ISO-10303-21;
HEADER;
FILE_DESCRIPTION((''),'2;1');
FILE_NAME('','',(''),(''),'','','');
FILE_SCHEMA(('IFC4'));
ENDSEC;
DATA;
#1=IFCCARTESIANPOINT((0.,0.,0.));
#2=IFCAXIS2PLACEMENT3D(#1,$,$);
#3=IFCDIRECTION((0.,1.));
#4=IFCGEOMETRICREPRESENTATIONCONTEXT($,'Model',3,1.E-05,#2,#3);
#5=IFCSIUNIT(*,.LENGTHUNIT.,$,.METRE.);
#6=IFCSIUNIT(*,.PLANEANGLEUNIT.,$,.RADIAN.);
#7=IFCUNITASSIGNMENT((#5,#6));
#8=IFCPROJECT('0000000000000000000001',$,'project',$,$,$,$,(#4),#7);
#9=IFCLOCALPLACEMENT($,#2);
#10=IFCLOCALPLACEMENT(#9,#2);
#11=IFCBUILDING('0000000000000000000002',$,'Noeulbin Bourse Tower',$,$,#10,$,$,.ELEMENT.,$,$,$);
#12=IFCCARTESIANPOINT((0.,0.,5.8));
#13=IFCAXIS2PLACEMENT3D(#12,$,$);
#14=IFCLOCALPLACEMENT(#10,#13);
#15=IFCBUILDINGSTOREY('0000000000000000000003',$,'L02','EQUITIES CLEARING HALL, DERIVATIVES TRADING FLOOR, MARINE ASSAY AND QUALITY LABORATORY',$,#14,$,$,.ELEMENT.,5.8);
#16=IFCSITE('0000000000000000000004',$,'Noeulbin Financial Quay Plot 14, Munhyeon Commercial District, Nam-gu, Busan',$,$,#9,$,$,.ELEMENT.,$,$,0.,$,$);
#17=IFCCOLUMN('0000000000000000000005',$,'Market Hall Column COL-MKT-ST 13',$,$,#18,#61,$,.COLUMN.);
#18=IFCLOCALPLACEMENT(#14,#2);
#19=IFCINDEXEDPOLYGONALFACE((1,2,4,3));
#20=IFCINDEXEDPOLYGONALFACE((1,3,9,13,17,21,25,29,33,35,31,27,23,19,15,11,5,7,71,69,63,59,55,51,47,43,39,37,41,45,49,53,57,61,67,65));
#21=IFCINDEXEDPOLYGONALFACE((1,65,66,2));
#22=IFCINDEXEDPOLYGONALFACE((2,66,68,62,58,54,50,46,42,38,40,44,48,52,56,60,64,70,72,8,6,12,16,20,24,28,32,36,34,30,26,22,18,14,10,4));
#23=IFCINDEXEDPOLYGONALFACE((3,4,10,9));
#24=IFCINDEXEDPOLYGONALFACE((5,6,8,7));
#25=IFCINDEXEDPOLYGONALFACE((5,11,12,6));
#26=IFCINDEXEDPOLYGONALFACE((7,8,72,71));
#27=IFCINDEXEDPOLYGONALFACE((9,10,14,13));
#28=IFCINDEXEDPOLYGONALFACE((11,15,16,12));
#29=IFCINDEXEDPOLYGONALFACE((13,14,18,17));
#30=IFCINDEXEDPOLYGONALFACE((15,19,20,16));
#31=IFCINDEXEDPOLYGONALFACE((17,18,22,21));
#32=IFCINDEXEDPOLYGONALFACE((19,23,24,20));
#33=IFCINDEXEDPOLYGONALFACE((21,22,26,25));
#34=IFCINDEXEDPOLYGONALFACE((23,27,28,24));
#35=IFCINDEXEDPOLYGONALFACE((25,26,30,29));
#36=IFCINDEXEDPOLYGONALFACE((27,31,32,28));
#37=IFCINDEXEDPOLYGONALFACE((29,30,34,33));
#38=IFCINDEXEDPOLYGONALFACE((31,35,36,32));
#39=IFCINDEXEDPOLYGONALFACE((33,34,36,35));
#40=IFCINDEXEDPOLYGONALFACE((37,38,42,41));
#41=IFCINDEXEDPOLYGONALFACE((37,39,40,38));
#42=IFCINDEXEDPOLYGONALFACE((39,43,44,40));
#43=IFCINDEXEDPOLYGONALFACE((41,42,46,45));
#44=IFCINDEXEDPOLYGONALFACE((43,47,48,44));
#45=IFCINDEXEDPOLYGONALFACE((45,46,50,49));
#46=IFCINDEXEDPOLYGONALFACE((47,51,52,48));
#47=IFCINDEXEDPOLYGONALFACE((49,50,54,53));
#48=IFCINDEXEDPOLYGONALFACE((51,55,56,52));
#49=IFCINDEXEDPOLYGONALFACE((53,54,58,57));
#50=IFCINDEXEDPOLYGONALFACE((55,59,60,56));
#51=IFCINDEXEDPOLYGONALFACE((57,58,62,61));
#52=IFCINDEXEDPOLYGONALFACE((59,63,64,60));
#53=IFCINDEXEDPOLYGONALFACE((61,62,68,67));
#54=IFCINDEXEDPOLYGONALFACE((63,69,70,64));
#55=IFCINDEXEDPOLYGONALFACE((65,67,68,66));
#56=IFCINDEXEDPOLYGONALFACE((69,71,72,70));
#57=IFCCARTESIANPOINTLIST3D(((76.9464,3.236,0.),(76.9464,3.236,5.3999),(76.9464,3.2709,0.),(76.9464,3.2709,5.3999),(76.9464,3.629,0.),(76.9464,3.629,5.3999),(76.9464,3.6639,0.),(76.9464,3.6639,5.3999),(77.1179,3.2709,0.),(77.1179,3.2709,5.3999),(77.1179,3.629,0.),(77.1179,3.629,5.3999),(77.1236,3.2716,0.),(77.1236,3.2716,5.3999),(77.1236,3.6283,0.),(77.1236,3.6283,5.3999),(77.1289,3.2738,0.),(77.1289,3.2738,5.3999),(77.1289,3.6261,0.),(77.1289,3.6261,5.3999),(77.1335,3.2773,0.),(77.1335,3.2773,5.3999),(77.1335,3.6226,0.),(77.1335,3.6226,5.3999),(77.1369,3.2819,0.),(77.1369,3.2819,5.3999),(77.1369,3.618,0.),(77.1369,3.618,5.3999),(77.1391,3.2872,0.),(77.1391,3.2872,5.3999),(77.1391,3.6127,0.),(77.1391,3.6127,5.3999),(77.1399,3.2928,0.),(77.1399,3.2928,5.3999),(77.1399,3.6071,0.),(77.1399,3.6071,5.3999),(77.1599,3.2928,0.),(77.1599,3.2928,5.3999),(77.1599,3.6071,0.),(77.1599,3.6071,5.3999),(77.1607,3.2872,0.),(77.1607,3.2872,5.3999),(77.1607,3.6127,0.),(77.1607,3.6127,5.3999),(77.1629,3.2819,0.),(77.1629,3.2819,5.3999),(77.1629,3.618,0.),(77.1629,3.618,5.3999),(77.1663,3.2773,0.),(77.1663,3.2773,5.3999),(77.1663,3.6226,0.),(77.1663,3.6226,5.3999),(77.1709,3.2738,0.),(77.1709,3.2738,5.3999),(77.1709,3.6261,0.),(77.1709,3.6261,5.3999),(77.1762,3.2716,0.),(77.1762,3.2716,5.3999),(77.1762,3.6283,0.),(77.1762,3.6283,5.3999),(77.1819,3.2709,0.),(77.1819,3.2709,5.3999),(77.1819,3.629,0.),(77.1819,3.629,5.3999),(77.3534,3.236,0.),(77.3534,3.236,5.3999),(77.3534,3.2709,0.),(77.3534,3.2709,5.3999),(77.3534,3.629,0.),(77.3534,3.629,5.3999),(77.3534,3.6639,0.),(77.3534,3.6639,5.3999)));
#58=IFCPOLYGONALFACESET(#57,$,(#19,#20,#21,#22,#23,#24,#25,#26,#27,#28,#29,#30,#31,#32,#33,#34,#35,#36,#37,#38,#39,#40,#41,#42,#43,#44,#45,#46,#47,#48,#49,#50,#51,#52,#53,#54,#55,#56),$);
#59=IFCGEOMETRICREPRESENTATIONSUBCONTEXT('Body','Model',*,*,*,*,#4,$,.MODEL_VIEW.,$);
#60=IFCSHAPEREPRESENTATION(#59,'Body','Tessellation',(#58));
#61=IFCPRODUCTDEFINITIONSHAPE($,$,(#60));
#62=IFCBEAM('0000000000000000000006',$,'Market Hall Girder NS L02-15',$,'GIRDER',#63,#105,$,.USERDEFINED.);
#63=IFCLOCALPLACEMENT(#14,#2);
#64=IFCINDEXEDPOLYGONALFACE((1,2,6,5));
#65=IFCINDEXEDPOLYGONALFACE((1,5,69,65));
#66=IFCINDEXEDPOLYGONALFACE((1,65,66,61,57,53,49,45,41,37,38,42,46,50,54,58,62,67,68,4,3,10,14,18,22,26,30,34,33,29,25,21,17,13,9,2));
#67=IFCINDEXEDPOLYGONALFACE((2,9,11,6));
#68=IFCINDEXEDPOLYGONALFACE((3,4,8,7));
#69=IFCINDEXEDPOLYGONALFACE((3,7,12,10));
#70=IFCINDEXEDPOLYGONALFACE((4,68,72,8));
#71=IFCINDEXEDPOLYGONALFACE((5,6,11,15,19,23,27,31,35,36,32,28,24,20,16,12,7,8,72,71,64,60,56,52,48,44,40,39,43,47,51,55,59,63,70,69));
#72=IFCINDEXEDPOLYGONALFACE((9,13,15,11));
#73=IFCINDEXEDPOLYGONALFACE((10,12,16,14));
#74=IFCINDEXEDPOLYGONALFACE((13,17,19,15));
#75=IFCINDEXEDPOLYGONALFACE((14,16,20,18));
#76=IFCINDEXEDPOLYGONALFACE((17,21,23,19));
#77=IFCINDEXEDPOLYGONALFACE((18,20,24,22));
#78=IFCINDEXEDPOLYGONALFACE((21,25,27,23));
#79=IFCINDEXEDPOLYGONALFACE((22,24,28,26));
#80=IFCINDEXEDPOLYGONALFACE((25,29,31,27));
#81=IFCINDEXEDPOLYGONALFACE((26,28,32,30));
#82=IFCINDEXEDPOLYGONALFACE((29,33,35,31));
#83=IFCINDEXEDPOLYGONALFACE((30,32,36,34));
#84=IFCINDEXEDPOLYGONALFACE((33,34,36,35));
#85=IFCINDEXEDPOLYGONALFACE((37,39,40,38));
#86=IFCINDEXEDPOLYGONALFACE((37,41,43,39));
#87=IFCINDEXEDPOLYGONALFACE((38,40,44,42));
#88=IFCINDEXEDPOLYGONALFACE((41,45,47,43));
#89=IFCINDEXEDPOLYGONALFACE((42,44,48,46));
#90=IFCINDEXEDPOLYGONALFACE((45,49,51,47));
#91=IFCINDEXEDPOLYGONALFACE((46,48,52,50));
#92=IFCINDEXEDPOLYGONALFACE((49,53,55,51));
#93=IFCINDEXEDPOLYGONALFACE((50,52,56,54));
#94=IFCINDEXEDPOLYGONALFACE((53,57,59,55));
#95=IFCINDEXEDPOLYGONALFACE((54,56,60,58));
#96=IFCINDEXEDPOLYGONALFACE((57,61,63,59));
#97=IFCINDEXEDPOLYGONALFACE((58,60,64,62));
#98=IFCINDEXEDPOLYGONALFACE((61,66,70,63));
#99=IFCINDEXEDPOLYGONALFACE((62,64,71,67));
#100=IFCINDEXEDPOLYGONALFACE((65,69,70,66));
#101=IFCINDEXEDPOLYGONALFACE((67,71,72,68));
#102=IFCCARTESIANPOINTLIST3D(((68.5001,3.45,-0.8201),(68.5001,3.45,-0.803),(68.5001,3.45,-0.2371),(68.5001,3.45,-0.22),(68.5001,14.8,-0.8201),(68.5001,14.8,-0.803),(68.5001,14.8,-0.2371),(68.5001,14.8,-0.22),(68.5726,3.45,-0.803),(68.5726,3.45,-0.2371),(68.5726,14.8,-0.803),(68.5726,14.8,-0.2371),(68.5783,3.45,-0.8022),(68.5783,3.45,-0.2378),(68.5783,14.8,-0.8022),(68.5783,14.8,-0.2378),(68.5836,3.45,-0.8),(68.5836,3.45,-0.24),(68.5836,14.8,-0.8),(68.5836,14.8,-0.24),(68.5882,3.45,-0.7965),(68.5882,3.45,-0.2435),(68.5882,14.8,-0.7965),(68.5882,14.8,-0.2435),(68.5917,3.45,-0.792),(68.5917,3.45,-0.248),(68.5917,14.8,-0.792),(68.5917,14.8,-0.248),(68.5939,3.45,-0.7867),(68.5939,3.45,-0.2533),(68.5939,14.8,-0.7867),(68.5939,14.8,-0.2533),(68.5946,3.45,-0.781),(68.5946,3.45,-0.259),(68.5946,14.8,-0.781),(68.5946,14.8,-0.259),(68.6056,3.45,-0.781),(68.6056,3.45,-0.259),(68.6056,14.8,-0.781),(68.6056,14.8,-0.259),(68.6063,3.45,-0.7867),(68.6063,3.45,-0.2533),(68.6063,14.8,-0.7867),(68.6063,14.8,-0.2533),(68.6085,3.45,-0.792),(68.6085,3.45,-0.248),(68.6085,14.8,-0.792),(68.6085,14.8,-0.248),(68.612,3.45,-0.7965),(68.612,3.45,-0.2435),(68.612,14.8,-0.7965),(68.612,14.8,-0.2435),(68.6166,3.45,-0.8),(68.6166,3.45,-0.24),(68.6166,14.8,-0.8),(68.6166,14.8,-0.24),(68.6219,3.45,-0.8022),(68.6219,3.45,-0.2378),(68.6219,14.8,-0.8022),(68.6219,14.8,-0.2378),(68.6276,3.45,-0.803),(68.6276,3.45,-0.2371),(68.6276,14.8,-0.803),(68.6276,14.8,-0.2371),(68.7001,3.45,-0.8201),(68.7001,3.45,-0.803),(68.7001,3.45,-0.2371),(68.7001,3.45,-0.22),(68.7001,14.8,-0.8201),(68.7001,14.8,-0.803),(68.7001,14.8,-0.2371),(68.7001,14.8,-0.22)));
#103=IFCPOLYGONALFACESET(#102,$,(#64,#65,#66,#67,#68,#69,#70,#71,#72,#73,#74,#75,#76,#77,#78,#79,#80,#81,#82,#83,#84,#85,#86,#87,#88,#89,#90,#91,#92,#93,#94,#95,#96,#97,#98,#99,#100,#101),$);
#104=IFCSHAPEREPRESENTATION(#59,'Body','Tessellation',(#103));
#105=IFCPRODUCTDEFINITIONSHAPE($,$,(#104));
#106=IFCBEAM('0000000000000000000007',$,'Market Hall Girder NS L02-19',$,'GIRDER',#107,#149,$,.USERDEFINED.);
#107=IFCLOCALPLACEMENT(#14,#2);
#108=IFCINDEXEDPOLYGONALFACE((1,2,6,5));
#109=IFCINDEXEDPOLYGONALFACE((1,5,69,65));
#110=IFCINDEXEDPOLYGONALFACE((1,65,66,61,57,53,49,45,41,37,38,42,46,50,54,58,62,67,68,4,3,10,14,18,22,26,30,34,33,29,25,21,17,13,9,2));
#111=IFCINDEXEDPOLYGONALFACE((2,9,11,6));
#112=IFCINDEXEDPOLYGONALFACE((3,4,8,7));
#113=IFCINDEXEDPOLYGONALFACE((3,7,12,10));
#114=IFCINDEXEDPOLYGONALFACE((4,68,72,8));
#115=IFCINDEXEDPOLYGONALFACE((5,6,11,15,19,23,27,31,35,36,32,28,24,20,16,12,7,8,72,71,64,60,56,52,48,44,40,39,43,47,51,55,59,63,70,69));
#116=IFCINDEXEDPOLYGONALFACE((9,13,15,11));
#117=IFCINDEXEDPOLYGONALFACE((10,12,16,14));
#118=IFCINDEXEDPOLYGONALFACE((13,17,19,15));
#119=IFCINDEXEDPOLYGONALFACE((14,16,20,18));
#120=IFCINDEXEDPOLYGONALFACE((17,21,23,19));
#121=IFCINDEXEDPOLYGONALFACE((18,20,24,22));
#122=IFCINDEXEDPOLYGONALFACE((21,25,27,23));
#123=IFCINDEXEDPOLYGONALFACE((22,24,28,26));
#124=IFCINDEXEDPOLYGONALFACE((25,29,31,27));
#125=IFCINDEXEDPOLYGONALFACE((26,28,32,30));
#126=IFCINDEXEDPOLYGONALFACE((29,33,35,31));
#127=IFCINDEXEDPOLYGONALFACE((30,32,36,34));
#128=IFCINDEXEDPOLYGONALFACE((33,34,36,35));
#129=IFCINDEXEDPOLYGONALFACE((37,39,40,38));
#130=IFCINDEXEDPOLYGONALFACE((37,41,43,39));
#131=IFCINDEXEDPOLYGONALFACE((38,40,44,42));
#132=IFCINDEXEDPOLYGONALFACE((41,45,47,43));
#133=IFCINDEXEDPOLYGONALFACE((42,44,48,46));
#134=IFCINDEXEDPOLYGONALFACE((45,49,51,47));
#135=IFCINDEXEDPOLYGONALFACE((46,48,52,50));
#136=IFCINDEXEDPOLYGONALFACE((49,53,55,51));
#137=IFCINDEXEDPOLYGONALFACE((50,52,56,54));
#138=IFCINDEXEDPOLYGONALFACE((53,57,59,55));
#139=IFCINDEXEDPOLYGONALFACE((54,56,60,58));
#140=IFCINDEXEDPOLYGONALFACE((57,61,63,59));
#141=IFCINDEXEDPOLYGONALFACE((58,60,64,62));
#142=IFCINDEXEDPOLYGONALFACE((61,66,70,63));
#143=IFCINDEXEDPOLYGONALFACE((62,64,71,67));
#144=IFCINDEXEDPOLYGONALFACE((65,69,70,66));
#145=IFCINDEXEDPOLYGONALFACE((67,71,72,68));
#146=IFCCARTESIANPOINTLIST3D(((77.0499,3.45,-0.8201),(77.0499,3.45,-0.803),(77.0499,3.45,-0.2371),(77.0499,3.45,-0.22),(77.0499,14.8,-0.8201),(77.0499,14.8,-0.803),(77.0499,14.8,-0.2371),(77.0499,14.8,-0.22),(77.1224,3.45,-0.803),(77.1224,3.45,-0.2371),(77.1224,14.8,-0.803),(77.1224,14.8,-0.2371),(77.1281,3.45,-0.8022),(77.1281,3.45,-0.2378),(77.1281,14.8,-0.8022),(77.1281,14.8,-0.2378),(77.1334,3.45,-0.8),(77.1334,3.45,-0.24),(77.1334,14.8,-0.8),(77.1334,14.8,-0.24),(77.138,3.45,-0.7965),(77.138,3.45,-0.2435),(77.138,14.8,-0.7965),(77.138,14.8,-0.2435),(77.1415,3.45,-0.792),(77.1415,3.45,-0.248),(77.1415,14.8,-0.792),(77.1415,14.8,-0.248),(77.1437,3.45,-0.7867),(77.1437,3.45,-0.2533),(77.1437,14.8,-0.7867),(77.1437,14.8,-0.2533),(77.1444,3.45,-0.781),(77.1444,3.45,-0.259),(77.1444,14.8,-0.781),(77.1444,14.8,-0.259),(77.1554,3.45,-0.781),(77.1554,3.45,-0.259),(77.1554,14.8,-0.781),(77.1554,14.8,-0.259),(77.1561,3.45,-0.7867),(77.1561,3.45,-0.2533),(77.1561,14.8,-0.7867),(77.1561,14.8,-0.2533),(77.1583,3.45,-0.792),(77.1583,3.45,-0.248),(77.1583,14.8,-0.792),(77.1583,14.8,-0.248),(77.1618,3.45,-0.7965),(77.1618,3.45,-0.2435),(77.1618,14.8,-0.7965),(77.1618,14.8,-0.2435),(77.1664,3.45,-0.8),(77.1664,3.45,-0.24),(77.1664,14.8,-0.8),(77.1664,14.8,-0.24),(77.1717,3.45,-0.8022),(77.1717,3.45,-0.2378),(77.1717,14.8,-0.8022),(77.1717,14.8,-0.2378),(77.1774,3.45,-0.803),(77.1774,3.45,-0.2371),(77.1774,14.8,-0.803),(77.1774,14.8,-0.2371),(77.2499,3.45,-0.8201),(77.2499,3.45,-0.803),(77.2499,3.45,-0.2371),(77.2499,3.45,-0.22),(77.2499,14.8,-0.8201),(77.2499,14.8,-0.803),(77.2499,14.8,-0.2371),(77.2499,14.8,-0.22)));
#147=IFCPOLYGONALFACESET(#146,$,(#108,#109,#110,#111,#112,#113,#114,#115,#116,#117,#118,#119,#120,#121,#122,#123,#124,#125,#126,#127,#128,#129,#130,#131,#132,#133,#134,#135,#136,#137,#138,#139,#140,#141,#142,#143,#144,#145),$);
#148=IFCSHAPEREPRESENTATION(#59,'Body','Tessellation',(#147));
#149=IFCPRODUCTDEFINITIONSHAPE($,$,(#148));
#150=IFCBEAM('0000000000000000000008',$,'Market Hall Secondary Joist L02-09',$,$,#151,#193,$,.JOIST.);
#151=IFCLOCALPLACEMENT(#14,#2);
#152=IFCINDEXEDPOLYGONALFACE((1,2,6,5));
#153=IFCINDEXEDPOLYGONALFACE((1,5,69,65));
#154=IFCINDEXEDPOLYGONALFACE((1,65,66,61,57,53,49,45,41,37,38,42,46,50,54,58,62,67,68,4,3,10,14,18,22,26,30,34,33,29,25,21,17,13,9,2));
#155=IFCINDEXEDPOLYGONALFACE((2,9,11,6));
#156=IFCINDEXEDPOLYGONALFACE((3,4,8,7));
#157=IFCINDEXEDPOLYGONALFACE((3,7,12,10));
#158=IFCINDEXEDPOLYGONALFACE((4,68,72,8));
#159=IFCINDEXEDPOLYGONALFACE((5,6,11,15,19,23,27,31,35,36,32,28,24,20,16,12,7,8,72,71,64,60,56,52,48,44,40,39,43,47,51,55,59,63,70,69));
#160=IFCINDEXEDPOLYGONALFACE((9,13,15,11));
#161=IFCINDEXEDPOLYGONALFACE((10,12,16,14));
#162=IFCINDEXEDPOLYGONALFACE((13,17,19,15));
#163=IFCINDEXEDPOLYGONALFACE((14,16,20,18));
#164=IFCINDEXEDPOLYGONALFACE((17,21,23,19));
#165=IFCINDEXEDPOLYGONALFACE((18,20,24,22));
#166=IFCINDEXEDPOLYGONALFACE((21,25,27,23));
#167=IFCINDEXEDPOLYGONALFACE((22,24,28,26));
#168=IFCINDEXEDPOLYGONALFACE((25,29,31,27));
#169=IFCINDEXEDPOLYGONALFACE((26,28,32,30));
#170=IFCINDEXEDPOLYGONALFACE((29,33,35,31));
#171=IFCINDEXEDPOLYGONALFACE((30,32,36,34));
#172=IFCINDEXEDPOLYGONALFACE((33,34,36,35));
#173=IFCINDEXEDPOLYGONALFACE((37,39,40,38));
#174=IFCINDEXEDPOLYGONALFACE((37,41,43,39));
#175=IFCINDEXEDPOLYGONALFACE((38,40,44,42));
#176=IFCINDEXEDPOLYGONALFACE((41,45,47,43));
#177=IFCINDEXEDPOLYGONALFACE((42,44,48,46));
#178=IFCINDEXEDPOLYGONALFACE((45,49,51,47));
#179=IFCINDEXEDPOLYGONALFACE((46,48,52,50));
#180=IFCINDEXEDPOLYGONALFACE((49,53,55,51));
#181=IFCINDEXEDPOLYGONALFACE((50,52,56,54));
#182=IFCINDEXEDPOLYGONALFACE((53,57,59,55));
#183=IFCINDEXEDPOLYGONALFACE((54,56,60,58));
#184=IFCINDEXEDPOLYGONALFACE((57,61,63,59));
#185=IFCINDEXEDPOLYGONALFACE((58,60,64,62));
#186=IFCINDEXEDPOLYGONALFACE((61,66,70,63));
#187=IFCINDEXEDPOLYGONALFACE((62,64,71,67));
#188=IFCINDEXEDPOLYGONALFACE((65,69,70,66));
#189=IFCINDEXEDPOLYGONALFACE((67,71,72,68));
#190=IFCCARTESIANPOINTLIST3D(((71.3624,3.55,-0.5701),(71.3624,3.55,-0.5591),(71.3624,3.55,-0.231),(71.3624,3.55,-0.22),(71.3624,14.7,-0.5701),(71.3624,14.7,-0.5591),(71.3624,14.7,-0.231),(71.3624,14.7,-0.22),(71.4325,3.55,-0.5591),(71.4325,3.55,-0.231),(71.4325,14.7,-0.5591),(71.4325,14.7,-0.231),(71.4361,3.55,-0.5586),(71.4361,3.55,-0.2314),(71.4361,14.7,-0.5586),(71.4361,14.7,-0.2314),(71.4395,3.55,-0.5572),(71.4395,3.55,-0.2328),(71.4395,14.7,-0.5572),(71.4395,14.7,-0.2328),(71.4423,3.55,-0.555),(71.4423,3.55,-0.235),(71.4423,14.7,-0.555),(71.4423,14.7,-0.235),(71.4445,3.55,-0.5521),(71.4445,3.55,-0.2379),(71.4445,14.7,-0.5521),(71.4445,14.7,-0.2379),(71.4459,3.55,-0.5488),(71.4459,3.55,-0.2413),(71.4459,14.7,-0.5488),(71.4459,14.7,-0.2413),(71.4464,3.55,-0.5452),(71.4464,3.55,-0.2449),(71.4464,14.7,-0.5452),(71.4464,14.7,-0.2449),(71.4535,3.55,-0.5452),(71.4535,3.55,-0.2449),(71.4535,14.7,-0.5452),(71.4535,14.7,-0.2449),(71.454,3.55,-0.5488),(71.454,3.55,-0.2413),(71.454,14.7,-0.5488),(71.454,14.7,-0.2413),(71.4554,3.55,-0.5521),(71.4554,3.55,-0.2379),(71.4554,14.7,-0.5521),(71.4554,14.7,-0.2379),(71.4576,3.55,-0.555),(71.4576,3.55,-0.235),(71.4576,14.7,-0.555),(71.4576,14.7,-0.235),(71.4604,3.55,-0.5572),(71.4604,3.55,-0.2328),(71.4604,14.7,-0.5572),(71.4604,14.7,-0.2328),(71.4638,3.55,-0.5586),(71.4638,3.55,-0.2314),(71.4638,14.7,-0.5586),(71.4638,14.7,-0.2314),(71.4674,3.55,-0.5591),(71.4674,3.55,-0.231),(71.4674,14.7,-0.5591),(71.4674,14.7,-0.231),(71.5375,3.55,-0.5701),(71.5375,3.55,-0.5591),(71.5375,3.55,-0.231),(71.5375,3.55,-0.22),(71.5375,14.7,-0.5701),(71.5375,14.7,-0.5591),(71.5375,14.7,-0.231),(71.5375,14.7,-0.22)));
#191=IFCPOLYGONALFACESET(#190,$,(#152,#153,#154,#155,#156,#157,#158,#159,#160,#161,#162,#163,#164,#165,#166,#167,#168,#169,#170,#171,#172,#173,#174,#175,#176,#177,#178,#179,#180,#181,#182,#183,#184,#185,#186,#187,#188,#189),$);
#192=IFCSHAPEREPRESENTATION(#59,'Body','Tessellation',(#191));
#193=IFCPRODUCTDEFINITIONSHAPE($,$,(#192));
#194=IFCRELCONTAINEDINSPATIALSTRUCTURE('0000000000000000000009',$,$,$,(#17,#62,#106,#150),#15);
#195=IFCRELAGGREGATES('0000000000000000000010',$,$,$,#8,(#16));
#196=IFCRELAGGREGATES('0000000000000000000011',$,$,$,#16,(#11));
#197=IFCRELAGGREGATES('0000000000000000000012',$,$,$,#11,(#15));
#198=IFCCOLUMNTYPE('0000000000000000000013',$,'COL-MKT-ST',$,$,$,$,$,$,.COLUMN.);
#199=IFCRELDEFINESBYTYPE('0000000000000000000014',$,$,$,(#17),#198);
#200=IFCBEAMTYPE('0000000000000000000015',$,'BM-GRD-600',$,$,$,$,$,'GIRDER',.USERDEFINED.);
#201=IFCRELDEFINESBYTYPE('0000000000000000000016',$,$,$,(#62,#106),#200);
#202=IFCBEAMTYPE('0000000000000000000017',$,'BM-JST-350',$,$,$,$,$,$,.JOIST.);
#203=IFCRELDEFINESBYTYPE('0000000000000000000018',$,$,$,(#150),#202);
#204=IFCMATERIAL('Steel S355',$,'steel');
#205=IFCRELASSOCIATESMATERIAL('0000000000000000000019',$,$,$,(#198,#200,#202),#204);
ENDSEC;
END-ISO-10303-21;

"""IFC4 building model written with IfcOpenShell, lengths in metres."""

from ifc_helpers import new_model, si_unit, direction, frame, origin, origin_2d, place, context, subcontext, project, spatial, i_section, extrude, material, material_profile, profile_set, type_object, element, save


model = new_model("IFC4")

# Units and contexts
model_context = context("Model", 3, precision=1e-05, world=origin(), true_north=direction((0.0, 1.0)))
body_context = subcontext(model_context, "Body", "Model", "MODEL_VIEW")
ifc_project = project(units=[si_unit("LENGTHUNIT", "METRE"), si_unit("PLANEANGLEUNIT", "RADIAN")], contexts=[model_context])

# Site, building, storey
site_placement = place(None, origin())
site = spatial("IfcSite", under=ifc_project, at=site_placement, Name="Noeulbin Financial Quay Plot 14, Munhyeon Commercial District, Nam-gu, Busan", CompositionType="ELEMENT", RefElevation=0.0)
building_placement = place(site_placement, origin())
building = spatial("IfcBuilding", under=site, at=building_placement, Name="Noeulbin Bourse Tower", CompositionType="ELEMENT")
storey_placement = place(building_placement, frame((0.0, 0.0, 5.8)))
storey = spatial("IfcBuildingStorey", under=building, at=storey_placement, Name="L02", Description="EQUITIES CLEARING HALL, DERIVATIVES TRADING FLOOR, MARINE ASSAY AND QUALITY LABORATORY", CompositionType="ELEMENT", Elevation=5.8)

# Column
ifc_material_1 = material(Name="Steel S355", Category="steel")
ifc_material_profile_1 = material_profile(ifc_material_1, i_section(OverallWidth=0.407, OverallDepth=0.428, WebThickness=0.02, FlangeThickness=0.0349, FilletRadius=0.022, at=origin_2d()), Name="H-428x407x20x35", Category="LoadBearing")
ifc_profile_set_1 = profile_set([ifc_material_profile_1], Name="Steel S355")
column_type = type_object("IfcColumnType", Name="COL-MKT-ST", PredefinedType="COLUMN", material=ifc_profile_set_1)
column_placement = place(storey_placement, frame((77.1499, 3.45, 0.0), z_axis=(0.0, 0.0, 1.0), x_axis=(1.0, 0.0, 0.0)))
element("IfcColumn", 1, at=column_placement, inside=storey, type_object=column_type, Name="Market Hall Column COL-MKT-ST 13", PredefinedType="COLUMN", context=body_context, shape_type="SweptSolid", body=[
    extrude(i_section(OverallWidth=0.407, OverallDepth=0.428, WebThickness=0.02, FlangeThickness=0.0349, FilletRadius=0.022, at=origin_2d()), origin(), (0.0, 0.0, 1.0), 5.3999),
])

# Beams
ifc_material_profile_2 = material_profile(ifc_material_1, i_section(OverallWidth=0.2, OverallDepth=0.6001, WebThickness=0.011, FlangeThickness=0.0171, FilletRadius=0.022, at=origin_2d()), Name="H-600x200x11x17", Category="LoadBearing")
ifc_profile_set_2 = profile_set([ifc_material_profile_2], Name="Steel S355")
beam_type_1 = type_object("IfcBeamType", Name="BM-GRD-600", ElementType="GIRDER", PredefinedType="USERDEFINED", material=ifc_profile_set_2)
for number, where, z_axis, x_axis, name in (
    (2, (68.6001, 3.45, -0.52), (0.0, 1.0, 0.0), (-1.0, 0.0, 0.0), "Market Hall Girder NS L02-15"),
    (3, (77.1499, 3.45, -0.52), (0.0, 1.0, 0.0), (-1.0, 0.0, 0.0), "Market Hall Girder NS L02-19"),
):
    element("IfcBeam", number, at=place(storey_placement, frame(where, z_axis=z_axis, x_axis=x_axis)), inside=storey, type_object=beam_type_1, Name=name, ObjectType="GIRDER", PredefinedType="USERDEFINED", context=body_context, shape_type="SweptSolid", body=[
        extrude(i_section(OverallWidth=0.2, OverallDepth=0.6001, WebThickness=0.011, FlangeThickness=0.0171, FilletRadius=0.022, at=origin_2d()), origin(), (0.0, 0.0, 1.0), 11.3501),
    ])
ifc_material_profile_3 = material_profile(ifc_material_1, i_section(OverallWidth=0.175, OverallDepth=0.3501, WebThickness=0.0071, FlangeThickness=0.011, FilletRadius=0.0139, at=origin_2d()), Name="H-350x175x7x11", Category="LoadBearing")
ifc_profile_set_3 = profile_set([ifc_material_profile_3], Name="Steel S355")
beam_type_2 = type_object("IfcBeamType", Name="BM-JST-350", PredefinedType="JOIST", material=ifc_profile_set_3)
beam_1_placement = place(storey_placement, frame((71.45, 3.55, -0.395), z_axis=(0.0, 1.0, 0.0), x_axis=(-1.0, 0.0, 0.0)))
element("IfcBeam", 4, at=beam_1_placement, inside=storey, type_object=beam_type_2, Name="Market Hall Secondary Joist L02-09", PredefinedType="JOIST", context=body_context, shape_type="SweptSolid", body=[
    extrude(i_section(OverallWidth=0.175, OverallDepth=0.3501, WebThickness=0.0071, FlangeThickness=0.011, FilletRadius=0.0139, at=origin_2d()), origin(), (0.0, 0.0, 1.0), 11.1499),
])

save(model, "model.ifc")
